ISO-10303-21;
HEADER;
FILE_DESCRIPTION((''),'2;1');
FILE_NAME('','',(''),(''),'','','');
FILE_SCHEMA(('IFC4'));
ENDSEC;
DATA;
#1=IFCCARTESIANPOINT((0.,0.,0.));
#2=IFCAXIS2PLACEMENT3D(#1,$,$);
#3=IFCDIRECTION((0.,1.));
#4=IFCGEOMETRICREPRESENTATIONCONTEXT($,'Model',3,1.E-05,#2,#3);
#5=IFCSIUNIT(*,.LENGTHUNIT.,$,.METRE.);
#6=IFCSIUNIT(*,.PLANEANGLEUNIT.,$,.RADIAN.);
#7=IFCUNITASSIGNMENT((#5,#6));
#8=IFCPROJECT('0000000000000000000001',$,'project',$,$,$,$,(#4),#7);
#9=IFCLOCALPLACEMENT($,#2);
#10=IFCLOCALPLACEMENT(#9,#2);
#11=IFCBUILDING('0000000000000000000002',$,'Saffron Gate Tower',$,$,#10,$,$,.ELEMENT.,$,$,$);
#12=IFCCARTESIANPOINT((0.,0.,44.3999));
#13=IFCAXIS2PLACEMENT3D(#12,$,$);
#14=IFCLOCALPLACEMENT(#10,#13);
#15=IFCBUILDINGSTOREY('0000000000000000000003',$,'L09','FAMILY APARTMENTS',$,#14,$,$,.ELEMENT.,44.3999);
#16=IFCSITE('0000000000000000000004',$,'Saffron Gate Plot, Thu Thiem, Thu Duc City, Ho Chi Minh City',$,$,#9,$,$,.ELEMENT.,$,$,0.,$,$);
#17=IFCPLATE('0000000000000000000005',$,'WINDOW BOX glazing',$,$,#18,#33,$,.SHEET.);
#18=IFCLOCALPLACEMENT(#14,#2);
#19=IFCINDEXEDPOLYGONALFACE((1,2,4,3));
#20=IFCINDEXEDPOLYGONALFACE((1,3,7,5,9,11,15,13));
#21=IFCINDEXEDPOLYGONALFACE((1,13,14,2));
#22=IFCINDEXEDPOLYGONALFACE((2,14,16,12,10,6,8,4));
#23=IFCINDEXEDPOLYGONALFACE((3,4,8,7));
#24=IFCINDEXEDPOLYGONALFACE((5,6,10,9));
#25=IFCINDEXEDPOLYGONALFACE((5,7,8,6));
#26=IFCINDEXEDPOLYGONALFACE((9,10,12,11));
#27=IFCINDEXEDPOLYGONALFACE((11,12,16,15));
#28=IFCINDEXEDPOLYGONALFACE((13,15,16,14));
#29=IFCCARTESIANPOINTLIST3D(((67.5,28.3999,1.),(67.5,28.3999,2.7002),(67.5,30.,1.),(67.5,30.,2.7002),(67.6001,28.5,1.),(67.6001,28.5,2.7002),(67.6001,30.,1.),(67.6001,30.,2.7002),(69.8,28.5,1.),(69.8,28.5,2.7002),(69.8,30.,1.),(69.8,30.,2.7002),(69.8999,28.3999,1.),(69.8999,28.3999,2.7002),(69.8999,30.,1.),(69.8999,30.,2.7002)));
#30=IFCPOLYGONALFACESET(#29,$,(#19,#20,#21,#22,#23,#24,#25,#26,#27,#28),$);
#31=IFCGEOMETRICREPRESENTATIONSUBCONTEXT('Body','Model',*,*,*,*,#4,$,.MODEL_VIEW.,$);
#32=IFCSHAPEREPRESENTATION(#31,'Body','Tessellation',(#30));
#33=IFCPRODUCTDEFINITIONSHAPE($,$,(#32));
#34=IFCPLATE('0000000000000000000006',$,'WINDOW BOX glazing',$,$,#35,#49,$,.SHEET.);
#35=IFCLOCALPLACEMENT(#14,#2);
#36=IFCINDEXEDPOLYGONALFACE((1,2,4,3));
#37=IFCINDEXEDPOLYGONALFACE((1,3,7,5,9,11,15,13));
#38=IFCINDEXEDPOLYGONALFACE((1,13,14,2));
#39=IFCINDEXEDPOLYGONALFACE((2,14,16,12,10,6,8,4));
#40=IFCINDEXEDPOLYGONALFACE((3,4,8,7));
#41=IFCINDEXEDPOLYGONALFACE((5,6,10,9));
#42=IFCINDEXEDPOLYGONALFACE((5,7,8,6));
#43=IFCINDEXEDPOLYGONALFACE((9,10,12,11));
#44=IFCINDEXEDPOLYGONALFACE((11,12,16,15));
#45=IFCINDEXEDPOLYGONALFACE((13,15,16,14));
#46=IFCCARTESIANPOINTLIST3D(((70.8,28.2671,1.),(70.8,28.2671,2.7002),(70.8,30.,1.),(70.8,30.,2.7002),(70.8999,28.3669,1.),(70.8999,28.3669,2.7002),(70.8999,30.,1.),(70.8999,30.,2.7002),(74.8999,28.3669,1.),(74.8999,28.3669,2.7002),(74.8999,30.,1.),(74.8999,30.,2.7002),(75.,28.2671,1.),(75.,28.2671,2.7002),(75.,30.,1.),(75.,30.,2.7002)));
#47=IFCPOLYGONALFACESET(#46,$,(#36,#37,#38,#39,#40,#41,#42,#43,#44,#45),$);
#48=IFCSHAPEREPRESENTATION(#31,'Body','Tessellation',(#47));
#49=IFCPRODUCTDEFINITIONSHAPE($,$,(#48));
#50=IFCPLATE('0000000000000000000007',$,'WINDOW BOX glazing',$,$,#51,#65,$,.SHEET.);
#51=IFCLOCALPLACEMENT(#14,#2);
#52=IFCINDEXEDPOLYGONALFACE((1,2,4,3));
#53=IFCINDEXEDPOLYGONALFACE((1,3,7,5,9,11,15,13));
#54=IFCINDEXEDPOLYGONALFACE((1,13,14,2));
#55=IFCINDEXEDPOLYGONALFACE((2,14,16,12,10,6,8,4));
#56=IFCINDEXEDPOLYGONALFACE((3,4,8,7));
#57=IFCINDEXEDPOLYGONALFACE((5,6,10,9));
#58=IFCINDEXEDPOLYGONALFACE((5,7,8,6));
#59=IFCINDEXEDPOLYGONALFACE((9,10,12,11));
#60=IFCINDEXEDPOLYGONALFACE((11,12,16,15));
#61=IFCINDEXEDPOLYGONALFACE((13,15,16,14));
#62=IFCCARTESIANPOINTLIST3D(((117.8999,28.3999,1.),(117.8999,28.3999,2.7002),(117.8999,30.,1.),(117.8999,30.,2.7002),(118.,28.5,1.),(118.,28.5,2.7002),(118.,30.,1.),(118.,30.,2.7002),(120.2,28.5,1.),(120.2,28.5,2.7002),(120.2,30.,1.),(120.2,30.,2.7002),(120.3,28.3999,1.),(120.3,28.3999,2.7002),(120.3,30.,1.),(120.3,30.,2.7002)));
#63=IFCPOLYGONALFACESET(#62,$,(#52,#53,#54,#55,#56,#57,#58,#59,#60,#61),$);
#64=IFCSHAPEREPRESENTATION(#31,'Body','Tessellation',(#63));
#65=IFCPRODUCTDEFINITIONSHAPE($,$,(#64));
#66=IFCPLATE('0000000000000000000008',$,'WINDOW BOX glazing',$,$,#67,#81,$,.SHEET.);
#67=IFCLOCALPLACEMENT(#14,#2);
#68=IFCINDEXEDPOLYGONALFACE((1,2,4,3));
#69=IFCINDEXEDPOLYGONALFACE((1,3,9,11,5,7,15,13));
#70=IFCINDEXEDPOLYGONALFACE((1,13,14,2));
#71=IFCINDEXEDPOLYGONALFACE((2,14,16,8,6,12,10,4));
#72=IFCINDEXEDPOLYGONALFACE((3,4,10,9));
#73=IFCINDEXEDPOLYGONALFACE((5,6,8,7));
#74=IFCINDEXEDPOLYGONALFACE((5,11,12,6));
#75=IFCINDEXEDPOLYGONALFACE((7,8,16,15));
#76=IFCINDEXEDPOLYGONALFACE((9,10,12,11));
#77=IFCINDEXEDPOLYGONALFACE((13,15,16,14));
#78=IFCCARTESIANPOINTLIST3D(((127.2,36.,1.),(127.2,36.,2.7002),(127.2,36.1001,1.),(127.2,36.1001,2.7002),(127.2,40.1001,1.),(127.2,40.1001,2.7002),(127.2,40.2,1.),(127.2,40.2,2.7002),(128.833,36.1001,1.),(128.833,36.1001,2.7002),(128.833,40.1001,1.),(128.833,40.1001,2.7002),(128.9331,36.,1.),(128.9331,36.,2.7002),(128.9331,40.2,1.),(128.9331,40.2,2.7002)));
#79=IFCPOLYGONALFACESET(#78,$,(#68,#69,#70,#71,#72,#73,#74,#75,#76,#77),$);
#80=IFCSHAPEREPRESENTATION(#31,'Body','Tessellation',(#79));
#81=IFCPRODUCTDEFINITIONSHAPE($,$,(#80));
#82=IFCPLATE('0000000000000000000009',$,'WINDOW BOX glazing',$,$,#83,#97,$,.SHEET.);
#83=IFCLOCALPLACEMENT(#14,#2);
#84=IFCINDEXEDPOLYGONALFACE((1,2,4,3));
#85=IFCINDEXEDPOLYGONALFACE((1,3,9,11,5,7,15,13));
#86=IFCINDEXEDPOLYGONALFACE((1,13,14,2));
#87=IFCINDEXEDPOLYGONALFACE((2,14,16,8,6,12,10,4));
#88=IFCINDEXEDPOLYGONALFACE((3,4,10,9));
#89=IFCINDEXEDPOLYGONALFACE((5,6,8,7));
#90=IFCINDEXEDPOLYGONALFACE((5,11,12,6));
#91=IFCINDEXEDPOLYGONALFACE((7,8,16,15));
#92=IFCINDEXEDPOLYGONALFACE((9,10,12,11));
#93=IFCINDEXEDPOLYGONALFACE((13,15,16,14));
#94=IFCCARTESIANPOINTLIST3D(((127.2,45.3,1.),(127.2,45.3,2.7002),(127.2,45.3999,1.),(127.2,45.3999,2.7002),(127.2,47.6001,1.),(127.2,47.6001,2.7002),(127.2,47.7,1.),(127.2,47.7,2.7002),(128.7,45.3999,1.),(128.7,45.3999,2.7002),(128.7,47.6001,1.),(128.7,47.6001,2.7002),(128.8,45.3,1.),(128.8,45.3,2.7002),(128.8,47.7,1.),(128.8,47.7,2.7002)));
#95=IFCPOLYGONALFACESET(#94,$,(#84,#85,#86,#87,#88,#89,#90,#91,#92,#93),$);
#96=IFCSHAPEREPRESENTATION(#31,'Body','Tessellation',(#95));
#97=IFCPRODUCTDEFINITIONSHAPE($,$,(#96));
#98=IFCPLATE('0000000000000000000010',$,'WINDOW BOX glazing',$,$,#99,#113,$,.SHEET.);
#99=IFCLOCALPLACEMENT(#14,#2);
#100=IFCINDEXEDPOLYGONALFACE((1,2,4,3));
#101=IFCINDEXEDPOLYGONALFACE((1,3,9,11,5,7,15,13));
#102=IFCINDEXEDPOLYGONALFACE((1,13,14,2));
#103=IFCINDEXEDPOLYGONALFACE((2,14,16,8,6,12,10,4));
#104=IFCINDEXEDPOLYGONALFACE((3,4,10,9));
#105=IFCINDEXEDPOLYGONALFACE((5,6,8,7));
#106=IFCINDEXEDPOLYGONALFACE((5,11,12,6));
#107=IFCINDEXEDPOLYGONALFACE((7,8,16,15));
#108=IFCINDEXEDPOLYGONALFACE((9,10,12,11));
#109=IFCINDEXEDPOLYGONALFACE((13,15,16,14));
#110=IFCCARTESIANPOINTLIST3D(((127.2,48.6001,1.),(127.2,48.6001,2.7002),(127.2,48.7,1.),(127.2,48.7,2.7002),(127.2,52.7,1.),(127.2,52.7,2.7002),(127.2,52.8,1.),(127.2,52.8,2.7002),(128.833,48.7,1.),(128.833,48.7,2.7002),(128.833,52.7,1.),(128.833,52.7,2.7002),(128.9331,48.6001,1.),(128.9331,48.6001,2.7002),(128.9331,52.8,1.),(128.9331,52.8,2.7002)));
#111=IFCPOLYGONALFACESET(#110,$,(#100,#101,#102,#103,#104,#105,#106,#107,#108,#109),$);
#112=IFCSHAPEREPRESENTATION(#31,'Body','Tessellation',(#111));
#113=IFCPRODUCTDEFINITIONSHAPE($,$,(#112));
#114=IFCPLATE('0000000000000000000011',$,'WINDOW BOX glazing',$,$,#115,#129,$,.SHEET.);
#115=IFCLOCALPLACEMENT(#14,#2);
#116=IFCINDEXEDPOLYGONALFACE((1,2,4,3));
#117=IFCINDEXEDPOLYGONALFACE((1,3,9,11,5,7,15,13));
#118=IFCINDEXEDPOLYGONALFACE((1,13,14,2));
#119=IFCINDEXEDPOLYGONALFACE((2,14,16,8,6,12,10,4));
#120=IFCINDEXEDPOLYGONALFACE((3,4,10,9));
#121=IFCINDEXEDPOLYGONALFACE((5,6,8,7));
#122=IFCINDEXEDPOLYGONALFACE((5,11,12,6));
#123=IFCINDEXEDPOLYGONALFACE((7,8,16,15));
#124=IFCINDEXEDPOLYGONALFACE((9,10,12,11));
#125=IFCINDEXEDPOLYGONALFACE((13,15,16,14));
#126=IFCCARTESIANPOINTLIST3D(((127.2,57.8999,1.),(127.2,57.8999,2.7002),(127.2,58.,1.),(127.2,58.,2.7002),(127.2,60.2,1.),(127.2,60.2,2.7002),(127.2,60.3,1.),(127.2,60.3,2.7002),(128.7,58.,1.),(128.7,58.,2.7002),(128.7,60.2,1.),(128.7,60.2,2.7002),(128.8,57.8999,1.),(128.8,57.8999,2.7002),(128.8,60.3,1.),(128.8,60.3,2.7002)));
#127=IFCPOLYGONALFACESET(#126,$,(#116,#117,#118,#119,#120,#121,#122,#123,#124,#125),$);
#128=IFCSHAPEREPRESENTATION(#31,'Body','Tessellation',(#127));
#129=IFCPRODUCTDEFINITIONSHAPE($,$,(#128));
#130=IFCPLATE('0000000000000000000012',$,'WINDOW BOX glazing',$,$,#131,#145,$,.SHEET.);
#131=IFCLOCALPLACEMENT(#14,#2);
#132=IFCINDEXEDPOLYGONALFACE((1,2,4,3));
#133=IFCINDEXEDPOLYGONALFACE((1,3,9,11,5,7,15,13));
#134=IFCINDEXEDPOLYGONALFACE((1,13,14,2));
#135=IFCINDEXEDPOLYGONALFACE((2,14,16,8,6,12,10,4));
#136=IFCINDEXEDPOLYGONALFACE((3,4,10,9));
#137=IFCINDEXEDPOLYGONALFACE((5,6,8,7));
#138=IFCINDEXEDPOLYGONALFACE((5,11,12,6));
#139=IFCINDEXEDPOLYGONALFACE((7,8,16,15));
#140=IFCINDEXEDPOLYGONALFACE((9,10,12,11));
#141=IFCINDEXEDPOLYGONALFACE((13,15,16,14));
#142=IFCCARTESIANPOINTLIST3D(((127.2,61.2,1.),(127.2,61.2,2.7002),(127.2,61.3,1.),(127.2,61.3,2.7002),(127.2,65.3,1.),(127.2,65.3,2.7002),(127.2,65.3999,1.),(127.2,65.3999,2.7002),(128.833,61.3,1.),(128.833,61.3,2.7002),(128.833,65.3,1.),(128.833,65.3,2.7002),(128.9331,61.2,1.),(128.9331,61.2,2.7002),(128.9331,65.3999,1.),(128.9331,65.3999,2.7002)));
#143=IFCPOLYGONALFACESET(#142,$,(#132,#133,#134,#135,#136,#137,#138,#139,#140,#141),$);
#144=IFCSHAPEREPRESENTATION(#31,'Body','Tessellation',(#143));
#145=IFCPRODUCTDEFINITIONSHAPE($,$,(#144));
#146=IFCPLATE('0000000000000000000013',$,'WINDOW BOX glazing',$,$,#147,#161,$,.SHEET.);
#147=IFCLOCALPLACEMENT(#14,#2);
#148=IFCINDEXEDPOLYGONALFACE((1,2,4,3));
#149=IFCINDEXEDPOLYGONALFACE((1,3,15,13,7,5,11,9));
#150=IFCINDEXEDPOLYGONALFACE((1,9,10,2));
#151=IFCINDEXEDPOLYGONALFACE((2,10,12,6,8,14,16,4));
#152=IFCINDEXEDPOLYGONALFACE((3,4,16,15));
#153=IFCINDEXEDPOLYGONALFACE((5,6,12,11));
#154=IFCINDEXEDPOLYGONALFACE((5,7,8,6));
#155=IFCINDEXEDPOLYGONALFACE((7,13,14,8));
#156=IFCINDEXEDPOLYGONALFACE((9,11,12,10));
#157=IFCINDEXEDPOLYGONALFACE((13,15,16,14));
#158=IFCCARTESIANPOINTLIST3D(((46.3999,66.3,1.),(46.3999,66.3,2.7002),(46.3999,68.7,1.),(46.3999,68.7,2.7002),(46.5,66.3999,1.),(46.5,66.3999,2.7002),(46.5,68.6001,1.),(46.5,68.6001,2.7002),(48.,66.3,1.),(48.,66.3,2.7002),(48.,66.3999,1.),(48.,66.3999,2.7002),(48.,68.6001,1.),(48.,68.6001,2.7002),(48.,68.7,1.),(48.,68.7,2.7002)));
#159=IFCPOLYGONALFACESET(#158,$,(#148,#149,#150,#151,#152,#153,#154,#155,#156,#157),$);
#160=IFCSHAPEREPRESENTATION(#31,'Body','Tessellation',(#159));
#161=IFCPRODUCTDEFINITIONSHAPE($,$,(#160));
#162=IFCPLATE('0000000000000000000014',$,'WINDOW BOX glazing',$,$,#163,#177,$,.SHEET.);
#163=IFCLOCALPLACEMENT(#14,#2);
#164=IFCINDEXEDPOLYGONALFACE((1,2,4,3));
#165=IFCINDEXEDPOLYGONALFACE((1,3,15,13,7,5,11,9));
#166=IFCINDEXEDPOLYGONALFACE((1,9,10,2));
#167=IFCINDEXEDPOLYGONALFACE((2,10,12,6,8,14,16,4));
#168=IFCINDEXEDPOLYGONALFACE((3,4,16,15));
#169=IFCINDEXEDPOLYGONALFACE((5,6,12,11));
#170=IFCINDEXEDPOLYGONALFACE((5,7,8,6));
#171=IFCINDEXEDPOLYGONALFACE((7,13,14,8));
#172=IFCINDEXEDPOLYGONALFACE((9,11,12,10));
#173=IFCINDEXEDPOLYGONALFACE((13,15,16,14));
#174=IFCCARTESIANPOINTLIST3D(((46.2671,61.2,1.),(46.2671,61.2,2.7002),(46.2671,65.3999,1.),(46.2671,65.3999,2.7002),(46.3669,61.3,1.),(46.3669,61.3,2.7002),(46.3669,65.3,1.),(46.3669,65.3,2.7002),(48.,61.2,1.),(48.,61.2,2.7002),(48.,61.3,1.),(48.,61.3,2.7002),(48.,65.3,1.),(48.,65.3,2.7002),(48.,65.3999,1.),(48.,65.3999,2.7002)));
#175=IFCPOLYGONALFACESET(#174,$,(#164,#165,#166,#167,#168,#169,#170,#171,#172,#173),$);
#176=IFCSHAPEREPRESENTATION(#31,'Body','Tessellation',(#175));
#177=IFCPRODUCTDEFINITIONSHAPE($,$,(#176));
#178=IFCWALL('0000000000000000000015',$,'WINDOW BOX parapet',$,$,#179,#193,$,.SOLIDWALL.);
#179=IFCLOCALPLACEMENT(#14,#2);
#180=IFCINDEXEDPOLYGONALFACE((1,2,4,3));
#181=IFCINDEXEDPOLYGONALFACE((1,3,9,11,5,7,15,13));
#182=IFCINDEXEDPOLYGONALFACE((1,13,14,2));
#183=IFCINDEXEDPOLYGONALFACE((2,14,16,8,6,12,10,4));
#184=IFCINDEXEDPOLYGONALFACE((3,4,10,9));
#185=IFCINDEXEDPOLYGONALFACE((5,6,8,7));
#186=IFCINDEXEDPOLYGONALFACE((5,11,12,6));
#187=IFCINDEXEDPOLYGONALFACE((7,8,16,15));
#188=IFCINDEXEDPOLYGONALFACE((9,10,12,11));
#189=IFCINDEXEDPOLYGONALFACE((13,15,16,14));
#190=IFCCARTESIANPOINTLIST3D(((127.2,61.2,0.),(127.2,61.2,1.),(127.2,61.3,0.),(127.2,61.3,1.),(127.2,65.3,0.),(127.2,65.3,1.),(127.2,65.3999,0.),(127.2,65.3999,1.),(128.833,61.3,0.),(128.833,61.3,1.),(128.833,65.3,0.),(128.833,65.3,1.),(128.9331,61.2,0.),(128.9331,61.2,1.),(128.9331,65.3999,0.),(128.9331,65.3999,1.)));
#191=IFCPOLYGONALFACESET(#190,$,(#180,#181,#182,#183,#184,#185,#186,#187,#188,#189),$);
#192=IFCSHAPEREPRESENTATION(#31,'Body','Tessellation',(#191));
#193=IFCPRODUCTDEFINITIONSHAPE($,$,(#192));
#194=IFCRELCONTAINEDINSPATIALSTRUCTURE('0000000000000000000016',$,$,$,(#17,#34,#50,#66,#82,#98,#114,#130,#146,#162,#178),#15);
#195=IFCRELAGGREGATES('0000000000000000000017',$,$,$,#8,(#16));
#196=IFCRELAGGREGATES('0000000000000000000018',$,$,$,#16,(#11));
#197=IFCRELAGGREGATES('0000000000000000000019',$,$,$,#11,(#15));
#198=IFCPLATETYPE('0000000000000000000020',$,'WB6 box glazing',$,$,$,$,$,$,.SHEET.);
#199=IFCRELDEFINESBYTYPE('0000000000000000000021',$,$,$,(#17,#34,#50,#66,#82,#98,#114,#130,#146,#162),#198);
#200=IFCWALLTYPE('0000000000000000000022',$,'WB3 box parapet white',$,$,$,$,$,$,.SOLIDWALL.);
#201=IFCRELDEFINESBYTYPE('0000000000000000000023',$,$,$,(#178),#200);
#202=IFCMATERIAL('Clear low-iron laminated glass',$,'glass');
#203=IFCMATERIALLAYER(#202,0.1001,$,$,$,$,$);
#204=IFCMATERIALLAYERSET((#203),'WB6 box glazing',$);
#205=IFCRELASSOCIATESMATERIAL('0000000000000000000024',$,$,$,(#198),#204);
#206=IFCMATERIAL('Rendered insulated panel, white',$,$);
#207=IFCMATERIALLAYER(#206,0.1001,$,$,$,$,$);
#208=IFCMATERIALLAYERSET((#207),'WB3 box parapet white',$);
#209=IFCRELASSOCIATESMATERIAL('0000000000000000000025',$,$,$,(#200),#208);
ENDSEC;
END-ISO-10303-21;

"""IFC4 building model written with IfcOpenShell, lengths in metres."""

from ifc_helpers import new_model, si_unit, direction, frame, origin, place, context, subcontext, project, spatial, polyline, outline, extrude, material, layer, layer_set, type_object, element, save


model = new_model("IFC4")

# Units and contexts
model_context = context("Model", 3, precision=1e-05, world=origin(), true_north=direction((0.0, 1.0)))
body_context = subcontext(model_context, "Body", "Model", "MODEL_VIEW")
ifc_project = project(units=[si_unit("LENGTHUNIT", "METRE"), si_unit("PLANEANGLEUNIT", "RADIAN")], contexts=[model_context])

# Site, building, storey
site_placement = place(None, origin())
site = spatial("IfcSite", under=ifc_project, at=site_placement, Name="Saffron Gate Plot, Thu Thiem, Thu Duc City, Ho Chi Minh City", CompositionType="ELEMENT", RefElevation=0.0)
building_placement = place(site_placement, origin())
building = spatial("IfcBuilding", under=site, at=building_placement, Name="Saffron Gate Tower", CompositionType="ELEMENT")
storey_placement = place(building_placement, frame((0.0, 0.0, 44.3999)))
storey = spatial("IfcBuildingStorey", under=building, at=storey_placement, Name="L09", Description="FAMILY APARTMENTS", CompositionType="ELEMENT", Elevation=44.3999)

# Plates
ifc_material_1 = material(Name="Clear low-iron laminated glass", Category="glass")
ifc_layer_1 = layer(ifc_material_1, 0.1001)
ifc_layer_set_1 = layer_set([ifc_layer_1], Name="WB6 box glazing")
plate_type_1 = type_object("IfcPlateType", Name="WB6 box glazing", PredefinedType="SHEET", material=ifc_layer_set_1)
plate_1_placement = place(storey_placement, frame((0.0, 0.0, 1.0)))
element("IfcPlate", 1, at=plate_1_placement, inside=storey, type_object=plate_type_1, Name="WINDOW BOX glazing", PredefinedType="SHEET", context=body_context, shape_type="SweptSolid", body=[
    extrude(outline(polyline([(67.5, 30.0), (67.6001, 30.0), (67.6001, 28.5), (69.8, 28.5), (69.8, 30.0), (69.8999, 30.0), (69.8999, 28.3999), (67.5, 28.3999), (67.5, 30.0)])), origin(), (0.0, 0.0, 1.0), 1.7002),
])
plate_2_placement = place(storey_placement, frame((0.0, 0.0, 1.0)))
element("IfcPlate", 2, at=plate_2_placement, inside=storey, type_object=plate_type_1, Name="WINDOW BOX glazing", PredefinedType="SHEET", context=body_context, shape_type="SweptSolid", body=[
    extrude(outline(polyline([(70.8, 30.0), (70.8999, 30.0), (70.8999, 28.3669), (74.8999, 28.3669), (74.8999, 30.0), (75.0, 30.0), (75.0, 28.2671), (70.8, 28.2671), (70.8, 30.0)])), origin(), (0.0, 0.0, 1.0), 1.7002),
])
plate_3_placement = place(storey_placement, frame((0.0, 0.0, 1.0)))
element("IfcPlate", 3, at=plate_3_placement, inside=storey, type_object=plate_type_1, Name="WINDOW BOX glazing", PredefinedType="SHEET", context=body_context, shape_type="SweptSolid", body=[
    extrude(outline(polyline([(117.8999, 30.0), (118.0, 30.0), (118.0, 28.5), (120.2, 28.5), (120.2, 30.0), (120.3, 30.0), (120.3, 28.3999), (117.8999, 28.3999), (117.8999, 30.0)])), origin(), (0.0, 0.0, 1.0), 1.7002),
])
plate_4_placement = place(storey_placement, frame((0.0, 0.0, 1.0)))
element("IfcPlate", 4, at=plate_4_placement, inside=storey, type_object=plate_type_1, Name="WINDOW BOX glazing", PredefinedType="SHEET", context=body_context, shape_type="SweptSolid", body=[
    extrude(outline(polyline([(127.2, 36.0), (127.2, 36.1001), (128.833, 36.1001), (128.833, 40.1001), (127.2, 40.1001), (127.2, 40.2), (128.9331, 40.2), (128.9331, 36.0), (127.2, 36.0)])), origin(), (0.0, 0.0, 1.0), 1.7002),
])
plate_5_placement = place(storey_placement, frame((0.0, 0.0, 1.0)))
element("IfcPlate", 5, at=plate_5_placement, inside=storey, type_object=plate_type_1, Name="WINDOW BOX glazing", PredefinedType="SHEET", context=body_context, shape_type="SweptSolid", body=[
    extrude(outline(polyline([(127.2, 45.3), (127.2, 45.3999), (128.7, 45.3999), (128.7, 47.6001), (127.2, 47.6001), (127.2, 47.7), (128.8, 47.7), (128.8, 45.3), (127.2, 45.3)])), origin(), (0.0, 0.0, 1.0), 1.7002),
])
plate_6_placement = place(storey_placement, frame((0.0, 0.0, 1.0)))
element("IfcPlate", 6, at=plate_6_placement, inside=storey, type_object=plate_type_1, Name="WINDOW BOX glazing", PredefinedType="SHEET", context=body_context, shape_type="SweptSolid", body=[
    extrude(outline(polyline([(127.2, 48.6001), (127.2, 48.7), (128.833, 48.7), (128.833, 52.7), (127.2, 52.7), (127.2, 52.8), (128.9331, 52.8), (128.9331, 48.6001), (127.2, 48.6001)])), origin(), (0.0, 0.0, 1.0), 1.7002),
])
plate_7_placement = place(storey_placement, frame((0.0, 0.0, 1.0)))
element("IfcPlate", 7, at=plate_7_placement, inside=storey, type_object=plate_type_1, Name="WINDOW BOX glazing", PredefinedType="SHEET", context=body_context, shape_type="SweptSolid", body=[
    extrude(outline(polyline([(127.2, 57.8999), (127.2, 58.0), (128.7, 58.0), (128.7, 60.2), (127.2, 60.2), (127.2, 60.3), (128.8, 60.3), (128.8, 57.8999), (127.2, 57.8999)])), origin(), (0.0, 0.0, 1.0), 1.7002),
])
plate_8_placement = place(storey_placement, frame((0.0, 0.0, 1.0)))
element("IfcPlate", 8, at=plate_8_placement, inside=storey, type_object=plate_type_1, Name="WINDOW BOX glazing", PredefinedType="SHEET", context=body_context, shape_type="SweptSolid", body=[
    extrude(outline(polyline([(127.2, 61.2), (127.2, 61.3), (128.833, 61.3), (128.833, 65.3), (127.2, 65.3), (127.2, 65.3999), (128.9331, 65.3999), (128.9331, 61.2), (127.2, 61.2)])), origin(), (0.0, 0.0, 1.0), 1.7002),
])
plate_9_placement = place(storey_placement, frame((0.0, 0.0, 1.0)))
element("IfcPlate", 9, at=plate_9_placement, inside=storey, type_object=plate_type_1, Name="WINDOW BOX glazing", PredefinedType="SHEET", context=body_context, shape_type="SweptSolid", body=[
    extrude(outline(polyline([(48.0, 68.7), (48.0, 68.6001), (46.5, 68.6001), (46.5, 66.3999), (48.0, 66.3999), (48.0, 66.3), (46.3999, 66.3), (46.3999, 68.7), (48.0, 68.7)])), origin(), (0.0, 0.0, 1.0), 1.7002),
])
plate_10_placement = place(storey_placement, frame((0.0, 0.0, 1.0)))
element("IfcPlate", 10, at=plate_10_placement, inside=storey, type_object=plate_type_1, Name="WINDOW BOX glazing", PredefinedType="SHEET", context=body_context, shape_type="SweptSolid", body=[
    extrude(outline(polyline([(48.0, 65.3999), (48.0, 65.3), (46.3669, 65.3), (46.3669, 61.3), (48.0, 61.3), (48.0, 61.2), (46.2671, 61.2), (46.2671, 65.3999), (48.0, 65.3999)])), origin(), (0.0, 0.0, 1.0), 1.7002),
])

# Wall
ifc_material_2 = material(Name="Rendered insulated panel, white")
ifc_layer_2 = layer(ifc_material_2, 0.1001)
ifc_layer_set_2 = layer_set([ifc_layer_2], Name="WB3 box parapet white")
wall_type = type_object("IfcWallType", Name="WB3 box parapet white", PredefinedType="SOLIDWALL", material=ifc_layer_set_2)
wall_1_placement = place(storey_placement, origin())
element("IfcWall", 11, at=wall_1_placement, inside=storey, type_object=wall_type, Name="WINDOW BOX parapet", PredefinedType="SOLIDWALL", context=body_context, shape_type="SweptSolid", body=[
    extrude(outline(polyline([(127.2, 61.2), (127.2, 61.3), (128.833, 61.3), (128.833, 65.3), (127.2, 65.3), (127.2, 65.3999), (128.9331, 65.3999), (128.9331, 61.2), (127.2, 61.2)])), origin(), (0.0, 0.0, 1.0), 1.0),
])

save(model, "model.ifc")
